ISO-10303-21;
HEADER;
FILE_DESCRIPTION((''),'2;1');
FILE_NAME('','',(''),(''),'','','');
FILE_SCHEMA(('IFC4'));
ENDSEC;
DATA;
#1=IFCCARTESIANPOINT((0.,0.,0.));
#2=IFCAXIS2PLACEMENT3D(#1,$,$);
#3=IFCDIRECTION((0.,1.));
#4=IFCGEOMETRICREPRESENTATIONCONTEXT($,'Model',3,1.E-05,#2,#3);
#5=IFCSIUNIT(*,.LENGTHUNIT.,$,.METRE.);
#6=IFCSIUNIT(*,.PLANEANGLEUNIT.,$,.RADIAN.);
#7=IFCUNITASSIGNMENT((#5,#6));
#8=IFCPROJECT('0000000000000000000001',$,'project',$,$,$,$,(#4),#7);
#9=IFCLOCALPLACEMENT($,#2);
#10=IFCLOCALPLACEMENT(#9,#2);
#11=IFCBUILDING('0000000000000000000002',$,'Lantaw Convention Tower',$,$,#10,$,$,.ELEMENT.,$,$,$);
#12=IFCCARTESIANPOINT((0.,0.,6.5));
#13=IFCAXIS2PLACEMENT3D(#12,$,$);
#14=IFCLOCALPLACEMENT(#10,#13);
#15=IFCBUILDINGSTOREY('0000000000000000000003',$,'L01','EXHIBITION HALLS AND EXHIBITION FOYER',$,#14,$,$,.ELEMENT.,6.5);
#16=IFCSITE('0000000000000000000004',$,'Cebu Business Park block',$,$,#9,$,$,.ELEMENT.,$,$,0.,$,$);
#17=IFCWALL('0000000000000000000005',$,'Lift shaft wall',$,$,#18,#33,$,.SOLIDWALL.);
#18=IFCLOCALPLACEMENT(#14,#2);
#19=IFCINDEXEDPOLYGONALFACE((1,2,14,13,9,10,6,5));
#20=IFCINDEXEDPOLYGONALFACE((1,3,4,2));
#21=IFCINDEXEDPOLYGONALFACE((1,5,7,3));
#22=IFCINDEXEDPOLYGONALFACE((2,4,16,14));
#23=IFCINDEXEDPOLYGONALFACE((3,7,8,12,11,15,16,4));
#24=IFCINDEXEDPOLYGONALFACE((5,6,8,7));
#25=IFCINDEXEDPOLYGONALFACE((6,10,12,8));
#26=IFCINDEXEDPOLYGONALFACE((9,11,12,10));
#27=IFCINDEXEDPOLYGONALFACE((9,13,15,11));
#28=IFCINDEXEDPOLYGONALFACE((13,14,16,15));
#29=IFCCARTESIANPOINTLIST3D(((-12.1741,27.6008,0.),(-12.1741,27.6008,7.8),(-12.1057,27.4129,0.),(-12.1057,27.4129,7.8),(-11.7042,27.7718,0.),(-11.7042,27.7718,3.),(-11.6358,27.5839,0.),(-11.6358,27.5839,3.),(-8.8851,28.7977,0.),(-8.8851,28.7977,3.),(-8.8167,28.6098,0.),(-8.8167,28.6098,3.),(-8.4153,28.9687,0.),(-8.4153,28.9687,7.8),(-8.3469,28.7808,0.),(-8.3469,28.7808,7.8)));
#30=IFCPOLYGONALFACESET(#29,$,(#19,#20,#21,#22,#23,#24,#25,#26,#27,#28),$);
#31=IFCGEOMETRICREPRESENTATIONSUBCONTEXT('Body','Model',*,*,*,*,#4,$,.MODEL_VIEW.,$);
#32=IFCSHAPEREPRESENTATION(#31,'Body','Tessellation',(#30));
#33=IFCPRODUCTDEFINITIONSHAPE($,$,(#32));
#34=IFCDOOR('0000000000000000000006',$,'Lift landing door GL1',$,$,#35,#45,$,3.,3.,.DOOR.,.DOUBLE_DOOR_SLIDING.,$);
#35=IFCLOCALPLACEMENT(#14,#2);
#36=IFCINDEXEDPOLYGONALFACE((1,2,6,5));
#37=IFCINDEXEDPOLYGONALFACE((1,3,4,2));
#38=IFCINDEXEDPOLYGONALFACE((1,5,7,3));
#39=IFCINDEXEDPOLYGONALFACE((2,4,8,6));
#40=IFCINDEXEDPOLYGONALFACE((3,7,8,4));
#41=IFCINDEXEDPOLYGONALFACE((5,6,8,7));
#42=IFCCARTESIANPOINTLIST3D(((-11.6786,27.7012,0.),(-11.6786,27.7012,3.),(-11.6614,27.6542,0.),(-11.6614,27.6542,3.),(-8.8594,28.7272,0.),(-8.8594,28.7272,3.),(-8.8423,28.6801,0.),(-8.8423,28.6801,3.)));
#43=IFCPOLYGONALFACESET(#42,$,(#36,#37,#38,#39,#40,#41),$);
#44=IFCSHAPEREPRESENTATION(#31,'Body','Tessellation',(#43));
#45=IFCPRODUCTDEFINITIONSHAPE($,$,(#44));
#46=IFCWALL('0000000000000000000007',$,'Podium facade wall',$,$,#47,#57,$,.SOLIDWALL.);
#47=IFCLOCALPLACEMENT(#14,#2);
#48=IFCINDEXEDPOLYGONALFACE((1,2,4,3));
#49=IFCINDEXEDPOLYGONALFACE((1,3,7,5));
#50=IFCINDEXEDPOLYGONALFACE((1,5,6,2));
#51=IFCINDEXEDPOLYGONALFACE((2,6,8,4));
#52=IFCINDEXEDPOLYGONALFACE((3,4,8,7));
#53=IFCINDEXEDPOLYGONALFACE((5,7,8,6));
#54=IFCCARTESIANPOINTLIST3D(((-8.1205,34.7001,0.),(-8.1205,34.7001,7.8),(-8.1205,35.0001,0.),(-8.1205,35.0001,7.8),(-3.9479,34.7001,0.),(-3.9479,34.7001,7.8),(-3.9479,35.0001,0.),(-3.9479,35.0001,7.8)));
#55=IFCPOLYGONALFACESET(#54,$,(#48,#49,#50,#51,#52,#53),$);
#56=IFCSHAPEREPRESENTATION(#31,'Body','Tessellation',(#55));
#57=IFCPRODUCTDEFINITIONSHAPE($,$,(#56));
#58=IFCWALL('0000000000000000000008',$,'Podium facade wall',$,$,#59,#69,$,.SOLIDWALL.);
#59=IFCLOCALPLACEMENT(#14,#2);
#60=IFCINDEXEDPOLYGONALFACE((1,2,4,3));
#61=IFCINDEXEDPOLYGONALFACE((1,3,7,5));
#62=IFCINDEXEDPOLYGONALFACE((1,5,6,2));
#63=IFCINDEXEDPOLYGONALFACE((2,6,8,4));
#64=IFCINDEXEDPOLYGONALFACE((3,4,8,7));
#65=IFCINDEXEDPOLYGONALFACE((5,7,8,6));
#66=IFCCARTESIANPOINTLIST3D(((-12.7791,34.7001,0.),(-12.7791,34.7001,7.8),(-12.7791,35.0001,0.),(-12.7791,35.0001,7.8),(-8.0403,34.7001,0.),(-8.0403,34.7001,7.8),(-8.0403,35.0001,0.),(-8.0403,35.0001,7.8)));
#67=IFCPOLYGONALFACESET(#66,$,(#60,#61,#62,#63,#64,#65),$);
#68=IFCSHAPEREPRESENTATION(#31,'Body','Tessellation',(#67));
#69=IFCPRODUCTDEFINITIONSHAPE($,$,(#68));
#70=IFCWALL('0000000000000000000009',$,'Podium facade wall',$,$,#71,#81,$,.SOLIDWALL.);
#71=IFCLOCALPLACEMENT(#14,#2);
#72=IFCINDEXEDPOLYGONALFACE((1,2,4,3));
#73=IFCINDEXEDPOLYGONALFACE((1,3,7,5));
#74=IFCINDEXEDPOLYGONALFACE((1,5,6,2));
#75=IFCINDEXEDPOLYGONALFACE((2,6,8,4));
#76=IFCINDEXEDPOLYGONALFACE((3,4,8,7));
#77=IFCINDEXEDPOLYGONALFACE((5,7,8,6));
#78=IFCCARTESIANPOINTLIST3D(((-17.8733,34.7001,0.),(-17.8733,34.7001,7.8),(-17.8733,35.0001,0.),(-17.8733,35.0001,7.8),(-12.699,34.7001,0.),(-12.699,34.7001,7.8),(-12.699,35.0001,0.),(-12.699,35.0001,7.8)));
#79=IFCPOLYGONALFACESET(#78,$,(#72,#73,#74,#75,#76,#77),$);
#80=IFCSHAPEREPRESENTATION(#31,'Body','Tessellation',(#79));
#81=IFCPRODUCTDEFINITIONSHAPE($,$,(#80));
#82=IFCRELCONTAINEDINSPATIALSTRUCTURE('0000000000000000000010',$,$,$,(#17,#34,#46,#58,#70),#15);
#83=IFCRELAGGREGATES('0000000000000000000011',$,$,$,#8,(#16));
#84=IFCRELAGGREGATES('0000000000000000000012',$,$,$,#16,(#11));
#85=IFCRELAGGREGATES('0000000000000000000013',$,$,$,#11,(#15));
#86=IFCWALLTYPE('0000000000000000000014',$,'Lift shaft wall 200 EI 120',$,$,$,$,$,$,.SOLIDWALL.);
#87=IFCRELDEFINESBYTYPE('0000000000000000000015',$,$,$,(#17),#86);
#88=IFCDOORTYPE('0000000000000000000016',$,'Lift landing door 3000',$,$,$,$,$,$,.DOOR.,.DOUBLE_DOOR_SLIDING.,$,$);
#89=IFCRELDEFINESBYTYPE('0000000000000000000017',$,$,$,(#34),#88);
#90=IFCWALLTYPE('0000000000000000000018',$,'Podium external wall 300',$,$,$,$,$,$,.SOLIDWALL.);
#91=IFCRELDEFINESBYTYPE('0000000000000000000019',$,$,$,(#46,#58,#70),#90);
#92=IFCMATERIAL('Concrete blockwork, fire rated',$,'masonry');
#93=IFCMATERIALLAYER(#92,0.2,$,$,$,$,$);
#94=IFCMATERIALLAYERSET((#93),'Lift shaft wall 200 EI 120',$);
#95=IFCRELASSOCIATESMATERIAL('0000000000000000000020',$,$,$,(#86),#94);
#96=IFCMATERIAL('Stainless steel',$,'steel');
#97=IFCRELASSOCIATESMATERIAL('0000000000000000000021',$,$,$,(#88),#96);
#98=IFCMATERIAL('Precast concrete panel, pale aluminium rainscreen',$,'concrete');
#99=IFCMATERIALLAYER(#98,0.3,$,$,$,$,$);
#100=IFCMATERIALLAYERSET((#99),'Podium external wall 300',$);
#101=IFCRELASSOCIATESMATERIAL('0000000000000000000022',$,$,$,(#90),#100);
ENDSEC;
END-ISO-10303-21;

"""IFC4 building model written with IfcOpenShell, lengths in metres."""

from ifc_helpers import new_model, si_unit, direction, frame, frame_2d, origin, place, context, subcontext, project, spatial, rectangle, extrude, material, layer, layer_set, type_object, element, fill, save


model = new_model("IFC4")

# Units and contexts
model_context = context("Model", 3, precision=1e-05, world=origin(), true_north=direction((0.0, 1.0)))
body_context = subcontext(model_context, "Body", "Model", "MODEL_VIEW")
ifc_project = project(units=[si_unit("LENGTHUNIT", "METRE"), si_unit("PLANEANGLEUNIT", "RADIAN")], contexts=[model_context])

# Site, building, storey
site_placement = place(None, origin())
site = spatial("IfcSite", under=ifc_project, at=site_placement, Name="Cebu Business Park block", CompositionType="ELEMENT", RefElevation=0.0)
building_placement = place(site_placement, origin())
building = spatial("IfcBuilding", under=site, at=building_placement, Name="Lantaw Convention Tower", CompositionType="ELEMENT")
storey_placement = place(building_placement, frame((0.0, 0.0, 6.5)))
storey = spatial("IfcBuildingStorey", under=building, at=storey_placement, Name="L01", Description="EXHIBITION HALLS AND EXHIBITION FOYER", CompositionType="ELEMENT", Elevation=6.5)

# Shared definitions
ifc_material_1 = material(Name="Concrete blockwork, fire rated", Category="masonry")
ifc_layer_1 = layer(ifc_material_1, 0.2)
ifc_layer_set_1 = layer_set([ifc_layer_1], Name="Lift shaft wall 200 EI 120")
wall_type_1 = type_object("IfcWallType", Name="Lift shaft wall 200 EI 120", PredefinedType="SOLIDWALL", material=ifc_layer_set_1)

# Wall, opening, door
wall_1_placement = place(storey_placement, frame((-12.1399, 27.5068, 0.0), z_axis=(0.0, 0.0, 1.0), x_axis=(0.939706, 0.341983, 0.0)))
wall_1 = element("IfcWall", 1, at=wall_1_placement, inside=storey, type_object=wall_type_1, Name="Lift shaft wall", PredefinedType="SOLIDWALL", context=body_context, shape_type="SweptSolid", body=[
    extrude(rectangle(XDim=4.0, YDim=0.2, at=frame_2d((2.0, 0.0))), origin(), (0.0, 0.0, 1.0), 7.8),
])
opening_placement = place(wall_1_placement, frame((0.5, 0.0, 0.0)))
opening = element("IfcOpeningElement", 2, at=opening_placement, cuts=wall_1, PredefinedType="OPENING", context=body_context, shape_type="SweptSolid", body=[
    extrude(rectangle(XDim=3.0, YDim=3.0, at=frame_2d((1.5, 1.5))), frame((0.0, 0.1099, 0.0), z_axis=(0.0, -1.0, 0.0), x_axis=(1.0, 0.0, 0.0)), (0.0, 0.0, 1.0), 0.22),
])
ifc_material_2 = material(Name="Stainless steel", Category="steel")
door_type = type_object("IfcDoorType", Name="Lift landing door 3000", OperationType="DOUBLE_DOOR_SLIDING", PredefinedType="DOOR", material=ifc_material_2)
door_placement = place(opening_placement, origin())
door = element("IfcDoor", 3, at=door_placement, inside=storey, type_object=door_type, Name="Lift landing door GL1", OperationType="DOUBLE_DOOR_SLIDING", OverallHeight=3.0, OverallWidth=3.0, PredefinedType="DOOR", context=body_context, shape_type="SweptSolid", body=[
    extrude(rectangle(XDim=3.0, YDim=3.0, at=frame_2d((1.5, 1.5))), frame((0.0, 0.0249, 0.0), z_axis=(0.0, -1.0, 0.0), x_axis=(1.0, 0.0, 0.0)), (0.0, 0.0, 1.0), 0.05),
])
fill(opening, door)

# Walls
ifc_material_3 = material(Name="Precast concrete panel, pale aluminium rainscreen", Category="concrete")
ifc_layer_2 = layer(ifc_material_3, 0.3)
ifc_layer_set_2 = layer_set([ifc_layer_2], Name="Podium external wall 300")
wall_type_2 = type_object("IfcWallType", Name="Podium external wall 300", PredefinedType="SOLIDWALL", material=ifc_layer_set_2)
wall_2_placement = place(storey_placement, frame((-3.9478, 34.8501, 0.0), z_axis=(0.0, 0.0, 1.0), x_axis=(-1.0, 0.0, 0.0)))
element("IfcWall", 4, at=wall_2_placement, inside=storey, type_object=wall_type_2, Name="Podium facade wall", PredefinedType="SOLIDWALL", context=body_context, shape_type="SweptSolid", body=[
    extrude(rectangle(XDim=4.1726, YDim=0.3, at=frame_2d((2.0864, 0.0))), origin(), (0.0, 0.0, 1.0), 7.8),
])
wall_3_placement = place(storey_placement, frame((-8.0403, 34.8501, 0.0), z_axis=(0.0, 0.0, 1.0), x_axis=(-1.0, 0.0, 0.0)))
element("IfcWall", 5, at=wall_3_placement, inside=storey, type_object=wall_type_2, Name="Podium facade wall", PredefinedType="SOLIDWALL", context=body_context, shape_type="SweptSolid", body=[
    extrude(rectangle(XDim=4.7388, YDim=0.3, at=frame_2d((2.3694, 0.0))), origin(), (0.0, 0.0, 1.0), 7.8),
])
wall_4_placement = place(storey_placement, frame((-12.699, 34.8501, 0.0), z_axis=(0.0, 0.0, 1.0), x_axis=(-1.0, 0.0, 0.0)))
element("IfcWall", 6, at=wall_4_placement, inside=storey, type_object=wall_type_2, Name="Podium facade wall", PredefinedType="SOLIDWALL", context=body_context, shape_type="SweptSolid", body=[
    extrude(rectangle(XDim=5.1743, YDim=0.3, at=frame_2d((2.5872, 0.0))), origin(), (0.0, 0.0, 1.0), 7.8),
])

save(model, "model.ifc")
